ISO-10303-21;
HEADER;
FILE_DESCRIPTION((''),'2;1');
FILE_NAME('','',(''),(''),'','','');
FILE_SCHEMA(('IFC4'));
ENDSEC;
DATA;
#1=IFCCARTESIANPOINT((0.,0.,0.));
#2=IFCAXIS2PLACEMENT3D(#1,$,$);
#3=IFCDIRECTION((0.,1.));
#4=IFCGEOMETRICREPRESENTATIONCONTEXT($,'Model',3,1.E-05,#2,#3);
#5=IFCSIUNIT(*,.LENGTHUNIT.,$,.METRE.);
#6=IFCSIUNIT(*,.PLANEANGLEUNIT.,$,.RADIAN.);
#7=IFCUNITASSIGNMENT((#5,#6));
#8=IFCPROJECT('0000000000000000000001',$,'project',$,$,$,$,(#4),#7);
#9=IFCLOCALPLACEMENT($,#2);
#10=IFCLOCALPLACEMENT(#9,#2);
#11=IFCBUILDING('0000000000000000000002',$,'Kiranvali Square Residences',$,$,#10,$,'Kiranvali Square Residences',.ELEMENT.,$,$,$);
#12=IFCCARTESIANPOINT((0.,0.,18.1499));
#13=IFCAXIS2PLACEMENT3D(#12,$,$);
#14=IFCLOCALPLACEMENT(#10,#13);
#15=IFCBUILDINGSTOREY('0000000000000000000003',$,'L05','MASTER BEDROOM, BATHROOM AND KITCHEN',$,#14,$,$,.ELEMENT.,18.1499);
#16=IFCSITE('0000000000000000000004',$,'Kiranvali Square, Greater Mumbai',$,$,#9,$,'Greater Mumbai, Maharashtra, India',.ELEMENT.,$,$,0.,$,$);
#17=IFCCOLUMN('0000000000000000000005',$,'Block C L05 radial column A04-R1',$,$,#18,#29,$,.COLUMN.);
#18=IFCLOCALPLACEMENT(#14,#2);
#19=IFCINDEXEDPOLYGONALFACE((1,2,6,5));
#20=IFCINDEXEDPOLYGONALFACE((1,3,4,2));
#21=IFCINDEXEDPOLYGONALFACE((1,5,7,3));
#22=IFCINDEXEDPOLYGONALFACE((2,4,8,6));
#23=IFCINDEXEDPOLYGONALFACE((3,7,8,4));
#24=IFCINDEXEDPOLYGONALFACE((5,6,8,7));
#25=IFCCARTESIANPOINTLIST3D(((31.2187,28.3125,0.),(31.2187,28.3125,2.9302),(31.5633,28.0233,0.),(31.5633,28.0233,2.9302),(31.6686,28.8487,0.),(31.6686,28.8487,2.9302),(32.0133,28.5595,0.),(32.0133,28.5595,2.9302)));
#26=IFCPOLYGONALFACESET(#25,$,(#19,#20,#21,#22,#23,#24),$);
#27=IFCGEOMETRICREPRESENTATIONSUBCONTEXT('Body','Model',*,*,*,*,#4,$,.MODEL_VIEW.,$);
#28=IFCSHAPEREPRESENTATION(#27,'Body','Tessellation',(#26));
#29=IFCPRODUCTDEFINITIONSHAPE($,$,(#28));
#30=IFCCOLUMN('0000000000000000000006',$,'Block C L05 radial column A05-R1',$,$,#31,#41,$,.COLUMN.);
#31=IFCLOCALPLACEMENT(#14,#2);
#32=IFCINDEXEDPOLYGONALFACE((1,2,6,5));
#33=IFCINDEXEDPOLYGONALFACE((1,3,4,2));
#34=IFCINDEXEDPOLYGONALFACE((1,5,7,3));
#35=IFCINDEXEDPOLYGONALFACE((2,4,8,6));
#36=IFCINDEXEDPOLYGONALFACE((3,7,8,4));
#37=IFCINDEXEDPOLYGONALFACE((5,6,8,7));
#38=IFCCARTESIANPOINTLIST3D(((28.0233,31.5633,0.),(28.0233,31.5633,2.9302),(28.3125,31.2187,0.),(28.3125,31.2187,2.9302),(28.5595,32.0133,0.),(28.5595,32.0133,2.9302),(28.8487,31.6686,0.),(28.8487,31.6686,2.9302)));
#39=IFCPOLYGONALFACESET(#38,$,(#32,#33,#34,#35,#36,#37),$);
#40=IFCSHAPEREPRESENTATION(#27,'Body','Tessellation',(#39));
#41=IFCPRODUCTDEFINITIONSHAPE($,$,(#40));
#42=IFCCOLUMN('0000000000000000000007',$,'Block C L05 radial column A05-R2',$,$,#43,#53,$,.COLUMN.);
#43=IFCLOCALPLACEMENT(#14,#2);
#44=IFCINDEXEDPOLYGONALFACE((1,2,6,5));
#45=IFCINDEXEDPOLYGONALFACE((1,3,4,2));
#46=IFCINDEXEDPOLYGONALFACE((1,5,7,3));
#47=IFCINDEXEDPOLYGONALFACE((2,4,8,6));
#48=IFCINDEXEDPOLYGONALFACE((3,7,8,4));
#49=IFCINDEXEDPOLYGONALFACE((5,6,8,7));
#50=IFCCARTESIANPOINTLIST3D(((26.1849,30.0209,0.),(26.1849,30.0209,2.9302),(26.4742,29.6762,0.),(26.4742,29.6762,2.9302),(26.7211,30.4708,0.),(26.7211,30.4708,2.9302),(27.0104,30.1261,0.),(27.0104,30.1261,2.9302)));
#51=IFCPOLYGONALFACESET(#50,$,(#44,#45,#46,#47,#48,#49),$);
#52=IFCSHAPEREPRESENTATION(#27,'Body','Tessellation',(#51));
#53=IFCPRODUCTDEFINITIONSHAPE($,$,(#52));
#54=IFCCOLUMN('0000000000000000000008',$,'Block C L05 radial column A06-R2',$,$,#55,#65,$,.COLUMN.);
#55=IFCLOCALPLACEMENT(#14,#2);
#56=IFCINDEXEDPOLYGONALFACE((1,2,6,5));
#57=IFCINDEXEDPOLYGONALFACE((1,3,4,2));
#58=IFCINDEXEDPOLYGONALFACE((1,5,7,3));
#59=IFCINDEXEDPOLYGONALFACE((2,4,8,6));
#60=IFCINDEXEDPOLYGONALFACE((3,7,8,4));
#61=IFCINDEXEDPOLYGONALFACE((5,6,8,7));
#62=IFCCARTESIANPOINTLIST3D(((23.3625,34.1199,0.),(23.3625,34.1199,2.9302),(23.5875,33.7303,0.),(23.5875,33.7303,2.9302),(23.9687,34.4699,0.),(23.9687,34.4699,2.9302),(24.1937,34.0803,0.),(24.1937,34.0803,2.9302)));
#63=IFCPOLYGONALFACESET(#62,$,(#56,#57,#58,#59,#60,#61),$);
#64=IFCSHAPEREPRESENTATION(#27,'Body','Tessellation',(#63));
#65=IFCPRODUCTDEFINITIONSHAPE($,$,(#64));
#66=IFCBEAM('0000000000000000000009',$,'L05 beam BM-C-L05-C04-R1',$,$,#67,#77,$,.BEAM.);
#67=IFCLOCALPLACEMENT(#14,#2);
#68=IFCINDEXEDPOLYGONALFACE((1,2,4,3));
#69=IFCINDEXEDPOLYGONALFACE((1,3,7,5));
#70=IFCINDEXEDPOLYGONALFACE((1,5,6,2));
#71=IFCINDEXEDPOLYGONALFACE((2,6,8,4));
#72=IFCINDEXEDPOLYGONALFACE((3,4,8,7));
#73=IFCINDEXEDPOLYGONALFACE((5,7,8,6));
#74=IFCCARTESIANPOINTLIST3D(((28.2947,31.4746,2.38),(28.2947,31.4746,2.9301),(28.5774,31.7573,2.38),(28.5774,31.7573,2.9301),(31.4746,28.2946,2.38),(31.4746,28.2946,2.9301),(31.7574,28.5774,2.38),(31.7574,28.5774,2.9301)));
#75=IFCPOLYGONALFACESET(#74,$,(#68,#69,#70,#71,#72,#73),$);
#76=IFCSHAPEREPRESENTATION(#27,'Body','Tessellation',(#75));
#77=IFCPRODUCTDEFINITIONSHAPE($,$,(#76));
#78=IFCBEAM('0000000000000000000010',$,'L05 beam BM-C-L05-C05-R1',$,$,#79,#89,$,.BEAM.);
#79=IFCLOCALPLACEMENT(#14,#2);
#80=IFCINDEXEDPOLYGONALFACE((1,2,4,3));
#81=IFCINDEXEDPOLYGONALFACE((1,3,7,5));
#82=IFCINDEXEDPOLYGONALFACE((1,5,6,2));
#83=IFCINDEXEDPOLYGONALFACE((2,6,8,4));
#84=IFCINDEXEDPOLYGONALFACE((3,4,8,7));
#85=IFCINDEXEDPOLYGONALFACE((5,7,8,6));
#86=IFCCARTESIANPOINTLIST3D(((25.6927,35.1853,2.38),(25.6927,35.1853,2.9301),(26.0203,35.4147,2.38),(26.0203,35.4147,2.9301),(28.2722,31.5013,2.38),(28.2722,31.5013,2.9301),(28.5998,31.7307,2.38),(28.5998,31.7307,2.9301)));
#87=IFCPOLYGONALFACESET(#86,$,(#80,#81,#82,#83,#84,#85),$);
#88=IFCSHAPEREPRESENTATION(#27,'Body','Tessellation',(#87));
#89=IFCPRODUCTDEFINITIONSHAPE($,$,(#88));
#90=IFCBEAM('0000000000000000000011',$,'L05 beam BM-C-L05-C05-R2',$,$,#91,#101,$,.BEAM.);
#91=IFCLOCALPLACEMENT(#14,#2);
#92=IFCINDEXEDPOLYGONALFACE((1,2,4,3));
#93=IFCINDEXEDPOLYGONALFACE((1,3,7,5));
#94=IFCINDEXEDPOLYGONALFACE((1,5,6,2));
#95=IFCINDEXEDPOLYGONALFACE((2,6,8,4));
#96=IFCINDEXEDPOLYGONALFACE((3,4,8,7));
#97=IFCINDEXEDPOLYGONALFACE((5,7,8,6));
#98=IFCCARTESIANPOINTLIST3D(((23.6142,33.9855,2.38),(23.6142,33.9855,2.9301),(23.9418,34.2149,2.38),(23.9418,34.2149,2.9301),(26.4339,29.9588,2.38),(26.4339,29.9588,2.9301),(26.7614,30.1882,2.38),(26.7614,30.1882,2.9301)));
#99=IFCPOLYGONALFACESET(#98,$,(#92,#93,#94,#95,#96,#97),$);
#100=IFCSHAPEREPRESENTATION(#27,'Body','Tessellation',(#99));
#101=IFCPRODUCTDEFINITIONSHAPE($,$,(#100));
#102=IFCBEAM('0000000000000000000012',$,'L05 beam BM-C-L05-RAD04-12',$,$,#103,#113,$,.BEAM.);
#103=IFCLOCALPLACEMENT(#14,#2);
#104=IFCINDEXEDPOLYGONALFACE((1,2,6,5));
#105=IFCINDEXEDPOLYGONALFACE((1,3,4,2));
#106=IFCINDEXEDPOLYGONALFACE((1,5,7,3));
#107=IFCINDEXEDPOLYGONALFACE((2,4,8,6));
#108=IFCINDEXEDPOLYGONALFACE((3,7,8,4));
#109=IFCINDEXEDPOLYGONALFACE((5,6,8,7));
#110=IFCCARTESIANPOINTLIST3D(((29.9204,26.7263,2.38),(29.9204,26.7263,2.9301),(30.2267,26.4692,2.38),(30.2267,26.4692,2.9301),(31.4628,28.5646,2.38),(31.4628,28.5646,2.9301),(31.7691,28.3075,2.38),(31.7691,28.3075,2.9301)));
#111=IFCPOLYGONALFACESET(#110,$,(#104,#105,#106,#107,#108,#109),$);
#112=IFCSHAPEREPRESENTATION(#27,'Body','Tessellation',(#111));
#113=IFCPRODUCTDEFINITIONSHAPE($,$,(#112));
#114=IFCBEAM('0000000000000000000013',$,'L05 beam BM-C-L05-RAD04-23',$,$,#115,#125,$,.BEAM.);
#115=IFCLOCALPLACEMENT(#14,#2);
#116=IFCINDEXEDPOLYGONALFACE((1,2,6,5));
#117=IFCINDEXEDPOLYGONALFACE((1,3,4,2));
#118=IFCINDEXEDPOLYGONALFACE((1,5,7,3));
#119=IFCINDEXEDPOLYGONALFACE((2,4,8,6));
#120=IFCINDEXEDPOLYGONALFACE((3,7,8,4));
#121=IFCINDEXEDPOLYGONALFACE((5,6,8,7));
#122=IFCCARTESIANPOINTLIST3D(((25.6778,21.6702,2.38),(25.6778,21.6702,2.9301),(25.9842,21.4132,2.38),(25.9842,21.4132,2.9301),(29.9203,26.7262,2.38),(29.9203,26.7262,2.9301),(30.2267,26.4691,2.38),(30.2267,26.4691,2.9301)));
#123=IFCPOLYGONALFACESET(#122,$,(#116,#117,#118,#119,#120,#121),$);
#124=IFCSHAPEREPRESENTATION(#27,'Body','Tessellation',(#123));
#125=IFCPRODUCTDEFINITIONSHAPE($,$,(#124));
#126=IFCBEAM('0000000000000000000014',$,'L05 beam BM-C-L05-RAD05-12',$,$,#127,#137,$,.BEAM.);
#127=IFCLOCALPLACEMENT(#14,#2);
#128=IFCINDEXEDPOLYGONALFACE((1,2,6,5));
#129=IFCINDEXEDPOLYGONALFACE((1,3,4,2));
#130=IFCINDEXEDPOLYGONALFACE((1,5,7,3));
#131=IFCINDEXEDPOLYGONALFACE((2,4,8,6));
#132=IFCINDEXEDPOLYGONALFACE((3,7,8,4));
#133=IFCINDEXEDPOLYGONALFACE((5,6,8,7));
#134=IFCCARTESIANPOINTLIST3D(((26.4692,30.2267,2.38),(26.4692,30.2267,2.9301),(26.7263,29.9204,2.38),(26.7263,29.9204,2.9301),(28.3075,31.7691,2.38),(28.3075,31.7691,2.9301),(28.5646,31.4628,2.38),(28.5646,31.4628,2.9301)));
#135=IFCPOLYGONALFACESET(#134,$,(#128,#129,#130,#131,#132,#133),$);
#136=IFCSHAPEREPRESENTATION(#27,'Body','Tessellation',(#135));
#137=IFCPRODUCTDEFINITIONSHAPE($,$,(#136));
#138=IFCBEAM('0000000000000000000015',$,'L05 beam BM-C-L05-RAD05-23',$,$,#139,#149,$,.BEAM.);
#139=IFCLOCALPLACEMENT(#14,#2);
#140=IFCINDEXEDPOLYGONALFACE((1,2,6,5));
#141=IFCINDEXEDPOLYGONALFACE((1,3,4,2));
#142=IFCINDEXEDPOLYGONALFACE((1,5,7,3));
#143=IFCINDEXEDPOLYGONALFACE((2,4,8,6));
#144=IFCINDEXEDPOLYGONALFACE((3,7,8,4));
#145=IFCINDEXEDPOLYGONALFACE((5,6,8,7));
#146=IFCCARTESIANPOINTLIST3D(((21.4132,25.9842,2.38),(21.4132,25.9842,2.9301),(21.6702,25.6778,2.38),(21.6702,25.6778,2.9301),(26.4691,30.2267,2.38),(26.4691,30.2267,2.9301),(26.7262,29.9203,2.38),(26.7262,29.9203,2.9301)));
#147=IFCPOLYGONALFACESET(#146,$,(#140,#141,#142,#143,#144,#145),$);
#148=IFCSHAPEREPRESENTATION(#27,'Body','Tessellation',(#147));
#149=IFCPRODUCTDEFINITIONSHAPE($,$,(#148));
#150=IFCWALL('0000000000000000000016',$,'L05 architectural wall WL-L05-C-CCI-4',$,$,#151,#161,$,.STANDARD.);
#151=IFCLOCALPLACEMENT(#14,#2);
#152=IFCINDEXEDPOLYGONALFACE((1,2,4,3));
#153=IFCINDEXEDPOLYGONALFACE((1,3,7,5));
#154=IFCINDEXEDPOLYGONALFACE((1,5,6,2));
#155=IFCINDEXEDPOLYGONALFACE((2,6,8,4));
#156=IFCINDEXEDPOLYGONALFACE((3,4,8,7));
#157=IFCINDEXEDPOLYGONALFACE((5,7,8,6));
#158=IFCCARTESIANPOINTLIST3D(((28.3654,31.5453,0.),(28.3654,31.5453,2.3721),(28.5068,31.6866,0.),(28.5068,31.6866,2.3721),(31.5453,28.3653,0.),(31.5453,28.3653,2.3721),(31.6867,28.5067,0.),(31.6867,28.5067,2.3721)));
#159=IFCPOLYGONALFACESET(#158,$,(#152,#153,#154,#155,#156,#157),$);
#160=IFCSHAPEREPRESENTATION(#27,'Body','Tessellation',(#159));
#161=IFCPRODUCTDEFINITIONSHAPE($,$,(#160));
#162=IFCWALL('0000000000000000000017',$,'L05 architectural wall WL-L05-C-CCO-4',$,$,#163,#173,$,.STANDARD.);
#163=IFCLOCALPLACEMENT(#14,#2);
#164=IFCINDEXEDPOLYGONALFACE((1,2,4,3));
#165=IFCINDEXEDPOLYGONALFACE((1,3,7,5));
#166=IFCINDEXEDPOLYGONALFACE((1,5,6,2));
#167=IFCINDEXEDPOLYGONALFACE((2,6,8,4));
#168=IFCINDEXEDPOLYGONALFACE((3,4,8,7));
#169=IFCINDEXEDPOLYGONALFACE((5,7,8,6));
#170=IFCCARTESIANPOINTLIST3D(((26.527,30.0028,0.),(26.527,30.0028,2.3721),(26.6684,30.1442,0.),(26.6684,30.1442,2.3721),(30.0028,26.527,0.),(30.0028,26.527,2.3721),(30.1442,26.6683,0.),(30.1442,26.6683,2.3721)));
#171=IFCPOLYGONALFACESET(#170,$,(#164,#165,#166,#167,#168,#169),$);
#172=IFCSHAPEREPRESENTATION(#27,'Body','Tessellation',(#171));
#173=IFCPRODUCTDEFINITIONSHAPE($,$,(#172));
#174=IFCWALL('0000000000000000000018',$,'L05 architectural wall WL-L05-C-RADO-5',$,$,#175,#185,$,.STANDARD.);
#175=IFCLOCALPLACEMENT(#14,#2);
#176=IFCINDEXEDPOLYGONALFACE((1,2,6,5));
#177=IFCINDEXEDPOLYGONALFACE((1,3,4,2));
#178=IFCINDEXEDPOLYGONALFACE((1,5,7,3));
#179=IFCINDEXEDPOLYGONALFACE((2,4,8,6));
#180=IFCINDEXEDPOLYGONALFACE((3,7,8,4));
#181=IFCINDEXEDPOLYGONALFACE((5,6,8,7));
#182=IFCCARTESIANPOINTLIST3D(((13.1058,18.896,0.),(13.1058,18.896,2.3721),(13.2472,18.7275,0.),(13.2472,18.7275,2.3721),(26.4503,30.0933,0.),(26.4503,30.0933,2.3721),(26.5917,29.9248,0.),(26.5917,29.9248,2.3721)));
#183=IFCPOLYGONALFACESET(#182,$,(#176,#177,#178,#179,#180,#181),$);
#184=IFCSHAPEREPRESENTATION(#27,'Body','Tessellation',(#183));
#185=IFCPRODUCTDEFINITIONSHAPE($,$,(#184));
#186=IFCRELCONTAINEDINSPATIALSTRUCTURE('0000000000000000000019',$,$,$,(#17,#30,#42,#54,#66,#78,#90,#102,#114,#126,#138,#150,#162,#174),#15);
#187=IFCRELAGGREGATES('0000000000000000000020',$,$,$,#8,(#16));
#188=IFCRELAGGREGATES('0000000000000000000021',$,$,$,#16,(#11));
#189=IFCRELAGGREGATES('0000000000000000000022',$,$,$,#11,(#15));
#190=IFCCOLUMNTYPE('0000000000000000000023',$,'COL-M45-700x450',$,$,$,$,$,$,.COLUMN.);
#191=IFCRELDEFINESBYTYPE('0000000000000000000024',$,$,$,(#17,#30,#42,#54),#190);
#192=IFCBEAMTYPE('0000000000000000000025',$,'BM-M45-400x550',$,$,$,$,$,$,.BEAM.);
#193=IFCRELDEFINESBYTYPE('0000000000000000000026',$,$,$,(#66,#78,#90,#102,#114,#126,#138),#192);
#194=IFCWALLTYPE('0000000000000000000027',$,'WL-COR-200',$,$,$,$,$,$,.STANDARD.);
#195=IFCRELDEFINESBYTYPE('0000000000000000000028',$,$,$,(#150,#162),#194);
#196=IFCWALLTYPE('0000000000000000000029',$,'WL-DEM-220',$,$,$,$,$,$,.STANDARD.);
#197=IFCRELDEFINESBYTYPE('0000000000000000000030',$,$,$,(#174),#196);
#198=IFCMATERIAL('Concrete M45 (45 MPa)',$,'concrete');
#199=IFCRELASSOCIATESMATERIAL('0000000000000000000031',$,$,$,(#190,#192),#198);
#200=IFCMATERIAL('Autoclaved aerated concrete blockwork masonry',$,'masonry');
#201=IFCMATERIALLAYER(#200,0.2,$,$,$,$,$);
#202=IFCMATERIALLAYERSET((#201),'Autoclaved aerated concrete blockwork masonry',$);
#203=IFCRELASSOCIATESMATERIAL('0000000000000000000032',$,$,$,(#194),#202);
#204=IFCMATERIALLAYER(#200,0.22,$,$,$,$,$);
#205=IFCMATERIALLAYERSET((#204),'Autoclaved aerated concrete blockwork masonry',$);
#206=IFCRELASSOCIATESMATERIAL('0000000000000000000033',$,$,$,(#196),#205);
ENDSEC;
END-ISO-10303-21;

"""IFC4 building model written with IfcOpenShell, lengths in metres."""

from ifc_helpers import new_model, si_unit, direction, frame, frame_2d, origin, origin_2d, place, context, subcontext, project, spatial, rectangle, extrude, material, layer, layer_set, material_profile, profile_set, type_object, element, save


model = new_model("IFC4")

# Units and contexts
model_context = context("Model", 3, precision=1e-05, world=origin(), true_north=direction((0.0, 1.0)))
body_context = subcontext(model_context, "Body", "Model", "MODEL_VIEW")
ifc_project = project(units=[si_unit("LENGTHUNIT", "METRE"), si_unit("PLANEANGLEUNIT", "RADIAN")], contexts=[model_context])

# Site, building, storey
site_placement = place(None, origin())
site = spatial("IfcSite", under=ifc_project, at=site_placement, Name="Kiranvali Square, Greater Mumbai", LongName="Greater Mumbai, Maharashtra, India", CompositionType="ELEMENT", RefElevation=0.0)
building_placement = place(site_placement, origin())
building = spatial("IfcBuilding", under=site, at=building_placement, Name="Kiranvali Square Residences", LongName="Kiranvali Square Residences", CompositionType="ELEMENT")
storey_placement = place(building_placement, frame((0.0, 0.0, 18.1499)))
storey = spatial("IfcBuildingStorey", under=building, at=storey_placement, Name="L05", Description="MASTER BEDROOM, BATHROOM AND KITCHEN", CompositionType="ELEMENT", Elevation=18.1499)

# Columns
ifc_material_1 = material(Name="Concrete M45 (45 MPa)", Category="concrete")
ifc_material_profile_1 = material_profile(ifc_material_1, rectangle(XDim=0.45, YDim=0.7, at=origin_2d()), Name="RC 700x450")
ifc_profile_set_1 = profile_set([ifc_material_profile_1], Name="Concrete M45 (45 MPa)")
column_type = type_object("IfcColumnType", Name="COL-M45-700x450", PredefinedType="COLUMN", material=ifc_profile_set_1)
for number, where, z_axis, x_axis, name in (
    (1, (31.616, 28.436, 0.0), (0.0, 0.0, 1.0), (-0.766044, 0.642788, 0.0), "Block C L05 radial column A04-R1"),
    (2, (28.436, 31.616, 0.0), (0.0, 0.0, 1.0), (-0.642788, 0.766044, 0.0), "Block C L05 radial column A05-R1"),
    (3, (26.5977, 30.0735, 0.0), (0.0, 0.0, 1.0), (-0.642788, 0.766044, 0.0), "Block C L05 radial column A05-R2"),
    (4, (23.7781, 34.1001, 0.0), (0.0, 0.0, 1.0), (-0.5, 0.866025, 0.0), "Block C L05 radial column A06-R2"),
):
    element("IfcColumn", number, at=place(storey_placement, frame(where, z_axis=z_axis, x_axis=x_axis)), inside=storey, type_object=column_type, Name=name, PredefinedType="COLUMN", context=body_context, shape_type="SweptSolid", body=[
        extrude(rectangle(XDim=0.45, YDim=0.7, at=origin_2d()), origin(), (0.0, 0.0, 1.0), 2.9302),
    ])

# Beams
ifc_material_profile_2 = material_profile(ifc_material_1, rectangle(XDim=0.3999, YDim=0.55, at=origin_2d()), Name="RC 400x550")
ifc_profile_set_2 = profile_set([ifc_material_profile_2], Name="Concrete M45 (45 MPa)")
beam_type = type_object("IfcBeamType", Name="BM-M45-400x550", PredefinedType="BEAM", material=ifc_profile_set_2)
beam_1_placement = place(storey_placement, frame((31.616, 28.436, 2.655), z_axis=(-0.707107, 0.707107, 0.0), x_axis=(-0.707107, -0.707107, 0.0)))
element("IfcBeam", 5, at=beam_1_placement, inside=storey, type_object=beam_type, Name="L05 beam BM-C-L05-C04-R1", PredefinedType="BEAM", context=body_context, shape_type="SweptSolid", body=[
    extrude(rectangle(XDim=0.3999, YDim=0.55, at=origin_2d()), origin(), (0.0, 0.0, 1.0), 4.4971),
])
beam_2_placement = place(storey_placement, frame((28.436, 31.616, 2.655), z_axis=(-0.573572, 0.819155, 0.0), x_axis=(-0.819155, -0.573572, 0.0)))
element("IfcBeam", 6, at=beam_2_placement, inside=storey, type_object=beam_type, Name="L05 beam BM-C-L05-C05-R1", PredefinedType="BEAM", context=body_context, shape_type="SweptSolid", body=[
    extrude(rectangle(XDim=0.3999, YDim=0.55, at=origin_2d()), origin(), (0.0, 0.0, 1.0), 4.4973),
])
beam_3_placement = place(storey_placement, frame((26.5977, 30.0735, 2.655), z_axis=(-0.573592, 0.819141, 0.0), x_axis=(-0.819141, -0.573592, 0.0)))
element("IfcBeam", 7, at=beam_3_placement, inside=storey, type_object=beam_type, Name="L05 beam BM-C-L05-C05-R2", PredefinedType="BEAM", context=body_context, shape_type="SweptSolid", body=[
    extrude(rectangle(XDim=0.3999, YDim=0.55, at=origin_2d()), origin(), (0.0, 0.0, 1.0), 4.9158),
])
beam_4_placement = place(storey_placement, frame((31.616, 28.436, 2.655), z_axis=(-0.642763, -0.766065, 0.0), x_axis=(0.766065, -0.642763, 0.0)))
element("IfcBeam", 8, at=beam_4_placement, inside=storey, type_object=beam_type, Name="L05 beam BM-C-L05-RAD04-12", PredefinedType="BEAM", context=body_context, shape_type="SweptSolid", body=[
    extrude(rectangle(XDim=0.3999, YDim=0.55, at=origin_2d()), origin(), (0.0, 0.0, 1.0), 2.3997),
])
beam_5_placement = place(storey_placement, frame((30.0735, 26.5977, 2.655), z_axis=(-0.642789, -0.766043, 0.0), x_axis=(0.766043, -0.642789, 0.0)))
element("IfcBeam", 9, at=beam_5_placement, inside=storey, type_object=beam_type, Name="L05 beam BM-C-L05-RAD04-23", PredefinedType="BEAM", context=body_context, shape_type="SweptSolid", body=[
    extrude(rectangle(XDim=0.3999, YDim=0.55, at=origin_2d()), origin(), (0.0, 0.0, 1.0), 6.6001),
])
beam_6_placement = place(storey_placement, frame((28.436, 31.616, 2.655), z_axis=(-0.766065, -0.642763, 0.0), x_axis=(0.642763, -0.766065, 0.0)))
element("IfcBeam", 10, at=beam_6_placement, inside=storey, type_object=beam_type, Name="L05 beam BM-C-L05-RAD05-12", PredefinedType="BEAM", context=body_context, shape_type="SweptSolid", body=[
    extrude(rectangle(XDim=0.3999, YDim=0.55, at=origin_2d()), origin(), (0.0, 0.0, 1.0), 2.3997),
])
beam_7_placement = place(storey_placement, frame((26.5977, 30.0735, 2.655), z_axis=(-0.766043, -0.642789, 0.0), x_axis=(0.642789, -0.766043, 0.0)))
element("IfcBeam", 11, at=beam_7_placement, inside=storey, type_object=beam_type, Name="L05 beam BM-C-L05-RAD05-23", PredefinedType="BEAM", context=body_context, shape_type="SweptSolid", body=[
    extrude(rectangle(XDim=0.3999, YDim=0.55, at=origin_2d()), origin(), (0.0, 0.0, 1.0), 6.6001),
])

# Walls
ifc_material_2 = material(Name="Autoclaved aerated concrete blockwork masonry", Category="masonry")
ifc_layer_1 = layer(ifc_material_2, 0.2)
ifc_layer_set_1 = layer_set([ifc_layer_1], Name="Autoclaved aerated concrete blockwork masonry")
wall_type_1 = type_object("IfcWallType", Name="WL-COR-200", PredefinedType="STANDARD", material=ifc_layer_set_1)
wall_1_placement = place(storey_placement, frame((31.616, 28.436, 0.0), z_axis=(0.0, 0.0, 1.0), x_axis=(-0.707107, 0.707107, 0.0)))
element("IfcWall", 12, at=wall_1_placement, inside=storey, type_object=wall_type_1, Name="L05 architectural wall WL-L05-C-CCI-4", PredefinedType="STANDARD", context=body_context, shape_type="SweptSolid", body=[
    extrude(rectangle(XDim=4.4971, YDim=0.2, at=frame_2d((2.2485, 0.0))), origin(), (0.0, 0.0, 1.0), 2.3721),
])
wall_2_placement = place(storey_placement, frame((30.0735, 26.5977, 0.0), z_axis=(0.0, 0.0, 1.0), x_axis=(-0.707107, 0.707107, 0.0)))
element("IfcWall", 13, at=wall_2_placement, inside=storey, type_object=wall_type_1, Name="L05 architectural wall WL-L05-C-CCO-4", PredefinedType="STANDARD", context=body_context, shape_type="SweptSolid", body=[
    extrude(rectangle(XDim=4.9155, YDim=0.2, at=frame_2d((2.4578, 0.0))), origin(), (0.0, 0.0, 1.0), 2.3721),
])

# Wall
ifc_layer_2 = layer(ifc_material_2, 0.22)
ifc_layer_set_2 = layer_set([ifc_layer_2], Name="Autoclaved aerated concrete blockwork masonry")
wall_type_2 = type_object("IfcWallType", Name="WL-DEM-220", PredefinedType="STANDARD", material=ifc_layer_set_2)
wall_3_placement = place(storey_placement, frame((26.521, 30.009, 0.0), z_axis=(0.0, 0.0, 1.0), x_axis=(-0.766047, -0.642785, 0.0)))
element("IfcWall", 14, at=wall_3_placement, inside=storey, type_object=wall_type_2, Name="L05 architectural wall WL-L05-C-RADO-5", PredefinedType="STANDARD", context=body_context, shape_type="SweptSolid", body=[
    extrude(rectangle(XDim=17.4199, YDim=0.22, at=frame_2d((8.71, 0.0))), origin(), (0.0, 0.0, 1.0), 2.3721),
])

save(model, "model.ifc")
